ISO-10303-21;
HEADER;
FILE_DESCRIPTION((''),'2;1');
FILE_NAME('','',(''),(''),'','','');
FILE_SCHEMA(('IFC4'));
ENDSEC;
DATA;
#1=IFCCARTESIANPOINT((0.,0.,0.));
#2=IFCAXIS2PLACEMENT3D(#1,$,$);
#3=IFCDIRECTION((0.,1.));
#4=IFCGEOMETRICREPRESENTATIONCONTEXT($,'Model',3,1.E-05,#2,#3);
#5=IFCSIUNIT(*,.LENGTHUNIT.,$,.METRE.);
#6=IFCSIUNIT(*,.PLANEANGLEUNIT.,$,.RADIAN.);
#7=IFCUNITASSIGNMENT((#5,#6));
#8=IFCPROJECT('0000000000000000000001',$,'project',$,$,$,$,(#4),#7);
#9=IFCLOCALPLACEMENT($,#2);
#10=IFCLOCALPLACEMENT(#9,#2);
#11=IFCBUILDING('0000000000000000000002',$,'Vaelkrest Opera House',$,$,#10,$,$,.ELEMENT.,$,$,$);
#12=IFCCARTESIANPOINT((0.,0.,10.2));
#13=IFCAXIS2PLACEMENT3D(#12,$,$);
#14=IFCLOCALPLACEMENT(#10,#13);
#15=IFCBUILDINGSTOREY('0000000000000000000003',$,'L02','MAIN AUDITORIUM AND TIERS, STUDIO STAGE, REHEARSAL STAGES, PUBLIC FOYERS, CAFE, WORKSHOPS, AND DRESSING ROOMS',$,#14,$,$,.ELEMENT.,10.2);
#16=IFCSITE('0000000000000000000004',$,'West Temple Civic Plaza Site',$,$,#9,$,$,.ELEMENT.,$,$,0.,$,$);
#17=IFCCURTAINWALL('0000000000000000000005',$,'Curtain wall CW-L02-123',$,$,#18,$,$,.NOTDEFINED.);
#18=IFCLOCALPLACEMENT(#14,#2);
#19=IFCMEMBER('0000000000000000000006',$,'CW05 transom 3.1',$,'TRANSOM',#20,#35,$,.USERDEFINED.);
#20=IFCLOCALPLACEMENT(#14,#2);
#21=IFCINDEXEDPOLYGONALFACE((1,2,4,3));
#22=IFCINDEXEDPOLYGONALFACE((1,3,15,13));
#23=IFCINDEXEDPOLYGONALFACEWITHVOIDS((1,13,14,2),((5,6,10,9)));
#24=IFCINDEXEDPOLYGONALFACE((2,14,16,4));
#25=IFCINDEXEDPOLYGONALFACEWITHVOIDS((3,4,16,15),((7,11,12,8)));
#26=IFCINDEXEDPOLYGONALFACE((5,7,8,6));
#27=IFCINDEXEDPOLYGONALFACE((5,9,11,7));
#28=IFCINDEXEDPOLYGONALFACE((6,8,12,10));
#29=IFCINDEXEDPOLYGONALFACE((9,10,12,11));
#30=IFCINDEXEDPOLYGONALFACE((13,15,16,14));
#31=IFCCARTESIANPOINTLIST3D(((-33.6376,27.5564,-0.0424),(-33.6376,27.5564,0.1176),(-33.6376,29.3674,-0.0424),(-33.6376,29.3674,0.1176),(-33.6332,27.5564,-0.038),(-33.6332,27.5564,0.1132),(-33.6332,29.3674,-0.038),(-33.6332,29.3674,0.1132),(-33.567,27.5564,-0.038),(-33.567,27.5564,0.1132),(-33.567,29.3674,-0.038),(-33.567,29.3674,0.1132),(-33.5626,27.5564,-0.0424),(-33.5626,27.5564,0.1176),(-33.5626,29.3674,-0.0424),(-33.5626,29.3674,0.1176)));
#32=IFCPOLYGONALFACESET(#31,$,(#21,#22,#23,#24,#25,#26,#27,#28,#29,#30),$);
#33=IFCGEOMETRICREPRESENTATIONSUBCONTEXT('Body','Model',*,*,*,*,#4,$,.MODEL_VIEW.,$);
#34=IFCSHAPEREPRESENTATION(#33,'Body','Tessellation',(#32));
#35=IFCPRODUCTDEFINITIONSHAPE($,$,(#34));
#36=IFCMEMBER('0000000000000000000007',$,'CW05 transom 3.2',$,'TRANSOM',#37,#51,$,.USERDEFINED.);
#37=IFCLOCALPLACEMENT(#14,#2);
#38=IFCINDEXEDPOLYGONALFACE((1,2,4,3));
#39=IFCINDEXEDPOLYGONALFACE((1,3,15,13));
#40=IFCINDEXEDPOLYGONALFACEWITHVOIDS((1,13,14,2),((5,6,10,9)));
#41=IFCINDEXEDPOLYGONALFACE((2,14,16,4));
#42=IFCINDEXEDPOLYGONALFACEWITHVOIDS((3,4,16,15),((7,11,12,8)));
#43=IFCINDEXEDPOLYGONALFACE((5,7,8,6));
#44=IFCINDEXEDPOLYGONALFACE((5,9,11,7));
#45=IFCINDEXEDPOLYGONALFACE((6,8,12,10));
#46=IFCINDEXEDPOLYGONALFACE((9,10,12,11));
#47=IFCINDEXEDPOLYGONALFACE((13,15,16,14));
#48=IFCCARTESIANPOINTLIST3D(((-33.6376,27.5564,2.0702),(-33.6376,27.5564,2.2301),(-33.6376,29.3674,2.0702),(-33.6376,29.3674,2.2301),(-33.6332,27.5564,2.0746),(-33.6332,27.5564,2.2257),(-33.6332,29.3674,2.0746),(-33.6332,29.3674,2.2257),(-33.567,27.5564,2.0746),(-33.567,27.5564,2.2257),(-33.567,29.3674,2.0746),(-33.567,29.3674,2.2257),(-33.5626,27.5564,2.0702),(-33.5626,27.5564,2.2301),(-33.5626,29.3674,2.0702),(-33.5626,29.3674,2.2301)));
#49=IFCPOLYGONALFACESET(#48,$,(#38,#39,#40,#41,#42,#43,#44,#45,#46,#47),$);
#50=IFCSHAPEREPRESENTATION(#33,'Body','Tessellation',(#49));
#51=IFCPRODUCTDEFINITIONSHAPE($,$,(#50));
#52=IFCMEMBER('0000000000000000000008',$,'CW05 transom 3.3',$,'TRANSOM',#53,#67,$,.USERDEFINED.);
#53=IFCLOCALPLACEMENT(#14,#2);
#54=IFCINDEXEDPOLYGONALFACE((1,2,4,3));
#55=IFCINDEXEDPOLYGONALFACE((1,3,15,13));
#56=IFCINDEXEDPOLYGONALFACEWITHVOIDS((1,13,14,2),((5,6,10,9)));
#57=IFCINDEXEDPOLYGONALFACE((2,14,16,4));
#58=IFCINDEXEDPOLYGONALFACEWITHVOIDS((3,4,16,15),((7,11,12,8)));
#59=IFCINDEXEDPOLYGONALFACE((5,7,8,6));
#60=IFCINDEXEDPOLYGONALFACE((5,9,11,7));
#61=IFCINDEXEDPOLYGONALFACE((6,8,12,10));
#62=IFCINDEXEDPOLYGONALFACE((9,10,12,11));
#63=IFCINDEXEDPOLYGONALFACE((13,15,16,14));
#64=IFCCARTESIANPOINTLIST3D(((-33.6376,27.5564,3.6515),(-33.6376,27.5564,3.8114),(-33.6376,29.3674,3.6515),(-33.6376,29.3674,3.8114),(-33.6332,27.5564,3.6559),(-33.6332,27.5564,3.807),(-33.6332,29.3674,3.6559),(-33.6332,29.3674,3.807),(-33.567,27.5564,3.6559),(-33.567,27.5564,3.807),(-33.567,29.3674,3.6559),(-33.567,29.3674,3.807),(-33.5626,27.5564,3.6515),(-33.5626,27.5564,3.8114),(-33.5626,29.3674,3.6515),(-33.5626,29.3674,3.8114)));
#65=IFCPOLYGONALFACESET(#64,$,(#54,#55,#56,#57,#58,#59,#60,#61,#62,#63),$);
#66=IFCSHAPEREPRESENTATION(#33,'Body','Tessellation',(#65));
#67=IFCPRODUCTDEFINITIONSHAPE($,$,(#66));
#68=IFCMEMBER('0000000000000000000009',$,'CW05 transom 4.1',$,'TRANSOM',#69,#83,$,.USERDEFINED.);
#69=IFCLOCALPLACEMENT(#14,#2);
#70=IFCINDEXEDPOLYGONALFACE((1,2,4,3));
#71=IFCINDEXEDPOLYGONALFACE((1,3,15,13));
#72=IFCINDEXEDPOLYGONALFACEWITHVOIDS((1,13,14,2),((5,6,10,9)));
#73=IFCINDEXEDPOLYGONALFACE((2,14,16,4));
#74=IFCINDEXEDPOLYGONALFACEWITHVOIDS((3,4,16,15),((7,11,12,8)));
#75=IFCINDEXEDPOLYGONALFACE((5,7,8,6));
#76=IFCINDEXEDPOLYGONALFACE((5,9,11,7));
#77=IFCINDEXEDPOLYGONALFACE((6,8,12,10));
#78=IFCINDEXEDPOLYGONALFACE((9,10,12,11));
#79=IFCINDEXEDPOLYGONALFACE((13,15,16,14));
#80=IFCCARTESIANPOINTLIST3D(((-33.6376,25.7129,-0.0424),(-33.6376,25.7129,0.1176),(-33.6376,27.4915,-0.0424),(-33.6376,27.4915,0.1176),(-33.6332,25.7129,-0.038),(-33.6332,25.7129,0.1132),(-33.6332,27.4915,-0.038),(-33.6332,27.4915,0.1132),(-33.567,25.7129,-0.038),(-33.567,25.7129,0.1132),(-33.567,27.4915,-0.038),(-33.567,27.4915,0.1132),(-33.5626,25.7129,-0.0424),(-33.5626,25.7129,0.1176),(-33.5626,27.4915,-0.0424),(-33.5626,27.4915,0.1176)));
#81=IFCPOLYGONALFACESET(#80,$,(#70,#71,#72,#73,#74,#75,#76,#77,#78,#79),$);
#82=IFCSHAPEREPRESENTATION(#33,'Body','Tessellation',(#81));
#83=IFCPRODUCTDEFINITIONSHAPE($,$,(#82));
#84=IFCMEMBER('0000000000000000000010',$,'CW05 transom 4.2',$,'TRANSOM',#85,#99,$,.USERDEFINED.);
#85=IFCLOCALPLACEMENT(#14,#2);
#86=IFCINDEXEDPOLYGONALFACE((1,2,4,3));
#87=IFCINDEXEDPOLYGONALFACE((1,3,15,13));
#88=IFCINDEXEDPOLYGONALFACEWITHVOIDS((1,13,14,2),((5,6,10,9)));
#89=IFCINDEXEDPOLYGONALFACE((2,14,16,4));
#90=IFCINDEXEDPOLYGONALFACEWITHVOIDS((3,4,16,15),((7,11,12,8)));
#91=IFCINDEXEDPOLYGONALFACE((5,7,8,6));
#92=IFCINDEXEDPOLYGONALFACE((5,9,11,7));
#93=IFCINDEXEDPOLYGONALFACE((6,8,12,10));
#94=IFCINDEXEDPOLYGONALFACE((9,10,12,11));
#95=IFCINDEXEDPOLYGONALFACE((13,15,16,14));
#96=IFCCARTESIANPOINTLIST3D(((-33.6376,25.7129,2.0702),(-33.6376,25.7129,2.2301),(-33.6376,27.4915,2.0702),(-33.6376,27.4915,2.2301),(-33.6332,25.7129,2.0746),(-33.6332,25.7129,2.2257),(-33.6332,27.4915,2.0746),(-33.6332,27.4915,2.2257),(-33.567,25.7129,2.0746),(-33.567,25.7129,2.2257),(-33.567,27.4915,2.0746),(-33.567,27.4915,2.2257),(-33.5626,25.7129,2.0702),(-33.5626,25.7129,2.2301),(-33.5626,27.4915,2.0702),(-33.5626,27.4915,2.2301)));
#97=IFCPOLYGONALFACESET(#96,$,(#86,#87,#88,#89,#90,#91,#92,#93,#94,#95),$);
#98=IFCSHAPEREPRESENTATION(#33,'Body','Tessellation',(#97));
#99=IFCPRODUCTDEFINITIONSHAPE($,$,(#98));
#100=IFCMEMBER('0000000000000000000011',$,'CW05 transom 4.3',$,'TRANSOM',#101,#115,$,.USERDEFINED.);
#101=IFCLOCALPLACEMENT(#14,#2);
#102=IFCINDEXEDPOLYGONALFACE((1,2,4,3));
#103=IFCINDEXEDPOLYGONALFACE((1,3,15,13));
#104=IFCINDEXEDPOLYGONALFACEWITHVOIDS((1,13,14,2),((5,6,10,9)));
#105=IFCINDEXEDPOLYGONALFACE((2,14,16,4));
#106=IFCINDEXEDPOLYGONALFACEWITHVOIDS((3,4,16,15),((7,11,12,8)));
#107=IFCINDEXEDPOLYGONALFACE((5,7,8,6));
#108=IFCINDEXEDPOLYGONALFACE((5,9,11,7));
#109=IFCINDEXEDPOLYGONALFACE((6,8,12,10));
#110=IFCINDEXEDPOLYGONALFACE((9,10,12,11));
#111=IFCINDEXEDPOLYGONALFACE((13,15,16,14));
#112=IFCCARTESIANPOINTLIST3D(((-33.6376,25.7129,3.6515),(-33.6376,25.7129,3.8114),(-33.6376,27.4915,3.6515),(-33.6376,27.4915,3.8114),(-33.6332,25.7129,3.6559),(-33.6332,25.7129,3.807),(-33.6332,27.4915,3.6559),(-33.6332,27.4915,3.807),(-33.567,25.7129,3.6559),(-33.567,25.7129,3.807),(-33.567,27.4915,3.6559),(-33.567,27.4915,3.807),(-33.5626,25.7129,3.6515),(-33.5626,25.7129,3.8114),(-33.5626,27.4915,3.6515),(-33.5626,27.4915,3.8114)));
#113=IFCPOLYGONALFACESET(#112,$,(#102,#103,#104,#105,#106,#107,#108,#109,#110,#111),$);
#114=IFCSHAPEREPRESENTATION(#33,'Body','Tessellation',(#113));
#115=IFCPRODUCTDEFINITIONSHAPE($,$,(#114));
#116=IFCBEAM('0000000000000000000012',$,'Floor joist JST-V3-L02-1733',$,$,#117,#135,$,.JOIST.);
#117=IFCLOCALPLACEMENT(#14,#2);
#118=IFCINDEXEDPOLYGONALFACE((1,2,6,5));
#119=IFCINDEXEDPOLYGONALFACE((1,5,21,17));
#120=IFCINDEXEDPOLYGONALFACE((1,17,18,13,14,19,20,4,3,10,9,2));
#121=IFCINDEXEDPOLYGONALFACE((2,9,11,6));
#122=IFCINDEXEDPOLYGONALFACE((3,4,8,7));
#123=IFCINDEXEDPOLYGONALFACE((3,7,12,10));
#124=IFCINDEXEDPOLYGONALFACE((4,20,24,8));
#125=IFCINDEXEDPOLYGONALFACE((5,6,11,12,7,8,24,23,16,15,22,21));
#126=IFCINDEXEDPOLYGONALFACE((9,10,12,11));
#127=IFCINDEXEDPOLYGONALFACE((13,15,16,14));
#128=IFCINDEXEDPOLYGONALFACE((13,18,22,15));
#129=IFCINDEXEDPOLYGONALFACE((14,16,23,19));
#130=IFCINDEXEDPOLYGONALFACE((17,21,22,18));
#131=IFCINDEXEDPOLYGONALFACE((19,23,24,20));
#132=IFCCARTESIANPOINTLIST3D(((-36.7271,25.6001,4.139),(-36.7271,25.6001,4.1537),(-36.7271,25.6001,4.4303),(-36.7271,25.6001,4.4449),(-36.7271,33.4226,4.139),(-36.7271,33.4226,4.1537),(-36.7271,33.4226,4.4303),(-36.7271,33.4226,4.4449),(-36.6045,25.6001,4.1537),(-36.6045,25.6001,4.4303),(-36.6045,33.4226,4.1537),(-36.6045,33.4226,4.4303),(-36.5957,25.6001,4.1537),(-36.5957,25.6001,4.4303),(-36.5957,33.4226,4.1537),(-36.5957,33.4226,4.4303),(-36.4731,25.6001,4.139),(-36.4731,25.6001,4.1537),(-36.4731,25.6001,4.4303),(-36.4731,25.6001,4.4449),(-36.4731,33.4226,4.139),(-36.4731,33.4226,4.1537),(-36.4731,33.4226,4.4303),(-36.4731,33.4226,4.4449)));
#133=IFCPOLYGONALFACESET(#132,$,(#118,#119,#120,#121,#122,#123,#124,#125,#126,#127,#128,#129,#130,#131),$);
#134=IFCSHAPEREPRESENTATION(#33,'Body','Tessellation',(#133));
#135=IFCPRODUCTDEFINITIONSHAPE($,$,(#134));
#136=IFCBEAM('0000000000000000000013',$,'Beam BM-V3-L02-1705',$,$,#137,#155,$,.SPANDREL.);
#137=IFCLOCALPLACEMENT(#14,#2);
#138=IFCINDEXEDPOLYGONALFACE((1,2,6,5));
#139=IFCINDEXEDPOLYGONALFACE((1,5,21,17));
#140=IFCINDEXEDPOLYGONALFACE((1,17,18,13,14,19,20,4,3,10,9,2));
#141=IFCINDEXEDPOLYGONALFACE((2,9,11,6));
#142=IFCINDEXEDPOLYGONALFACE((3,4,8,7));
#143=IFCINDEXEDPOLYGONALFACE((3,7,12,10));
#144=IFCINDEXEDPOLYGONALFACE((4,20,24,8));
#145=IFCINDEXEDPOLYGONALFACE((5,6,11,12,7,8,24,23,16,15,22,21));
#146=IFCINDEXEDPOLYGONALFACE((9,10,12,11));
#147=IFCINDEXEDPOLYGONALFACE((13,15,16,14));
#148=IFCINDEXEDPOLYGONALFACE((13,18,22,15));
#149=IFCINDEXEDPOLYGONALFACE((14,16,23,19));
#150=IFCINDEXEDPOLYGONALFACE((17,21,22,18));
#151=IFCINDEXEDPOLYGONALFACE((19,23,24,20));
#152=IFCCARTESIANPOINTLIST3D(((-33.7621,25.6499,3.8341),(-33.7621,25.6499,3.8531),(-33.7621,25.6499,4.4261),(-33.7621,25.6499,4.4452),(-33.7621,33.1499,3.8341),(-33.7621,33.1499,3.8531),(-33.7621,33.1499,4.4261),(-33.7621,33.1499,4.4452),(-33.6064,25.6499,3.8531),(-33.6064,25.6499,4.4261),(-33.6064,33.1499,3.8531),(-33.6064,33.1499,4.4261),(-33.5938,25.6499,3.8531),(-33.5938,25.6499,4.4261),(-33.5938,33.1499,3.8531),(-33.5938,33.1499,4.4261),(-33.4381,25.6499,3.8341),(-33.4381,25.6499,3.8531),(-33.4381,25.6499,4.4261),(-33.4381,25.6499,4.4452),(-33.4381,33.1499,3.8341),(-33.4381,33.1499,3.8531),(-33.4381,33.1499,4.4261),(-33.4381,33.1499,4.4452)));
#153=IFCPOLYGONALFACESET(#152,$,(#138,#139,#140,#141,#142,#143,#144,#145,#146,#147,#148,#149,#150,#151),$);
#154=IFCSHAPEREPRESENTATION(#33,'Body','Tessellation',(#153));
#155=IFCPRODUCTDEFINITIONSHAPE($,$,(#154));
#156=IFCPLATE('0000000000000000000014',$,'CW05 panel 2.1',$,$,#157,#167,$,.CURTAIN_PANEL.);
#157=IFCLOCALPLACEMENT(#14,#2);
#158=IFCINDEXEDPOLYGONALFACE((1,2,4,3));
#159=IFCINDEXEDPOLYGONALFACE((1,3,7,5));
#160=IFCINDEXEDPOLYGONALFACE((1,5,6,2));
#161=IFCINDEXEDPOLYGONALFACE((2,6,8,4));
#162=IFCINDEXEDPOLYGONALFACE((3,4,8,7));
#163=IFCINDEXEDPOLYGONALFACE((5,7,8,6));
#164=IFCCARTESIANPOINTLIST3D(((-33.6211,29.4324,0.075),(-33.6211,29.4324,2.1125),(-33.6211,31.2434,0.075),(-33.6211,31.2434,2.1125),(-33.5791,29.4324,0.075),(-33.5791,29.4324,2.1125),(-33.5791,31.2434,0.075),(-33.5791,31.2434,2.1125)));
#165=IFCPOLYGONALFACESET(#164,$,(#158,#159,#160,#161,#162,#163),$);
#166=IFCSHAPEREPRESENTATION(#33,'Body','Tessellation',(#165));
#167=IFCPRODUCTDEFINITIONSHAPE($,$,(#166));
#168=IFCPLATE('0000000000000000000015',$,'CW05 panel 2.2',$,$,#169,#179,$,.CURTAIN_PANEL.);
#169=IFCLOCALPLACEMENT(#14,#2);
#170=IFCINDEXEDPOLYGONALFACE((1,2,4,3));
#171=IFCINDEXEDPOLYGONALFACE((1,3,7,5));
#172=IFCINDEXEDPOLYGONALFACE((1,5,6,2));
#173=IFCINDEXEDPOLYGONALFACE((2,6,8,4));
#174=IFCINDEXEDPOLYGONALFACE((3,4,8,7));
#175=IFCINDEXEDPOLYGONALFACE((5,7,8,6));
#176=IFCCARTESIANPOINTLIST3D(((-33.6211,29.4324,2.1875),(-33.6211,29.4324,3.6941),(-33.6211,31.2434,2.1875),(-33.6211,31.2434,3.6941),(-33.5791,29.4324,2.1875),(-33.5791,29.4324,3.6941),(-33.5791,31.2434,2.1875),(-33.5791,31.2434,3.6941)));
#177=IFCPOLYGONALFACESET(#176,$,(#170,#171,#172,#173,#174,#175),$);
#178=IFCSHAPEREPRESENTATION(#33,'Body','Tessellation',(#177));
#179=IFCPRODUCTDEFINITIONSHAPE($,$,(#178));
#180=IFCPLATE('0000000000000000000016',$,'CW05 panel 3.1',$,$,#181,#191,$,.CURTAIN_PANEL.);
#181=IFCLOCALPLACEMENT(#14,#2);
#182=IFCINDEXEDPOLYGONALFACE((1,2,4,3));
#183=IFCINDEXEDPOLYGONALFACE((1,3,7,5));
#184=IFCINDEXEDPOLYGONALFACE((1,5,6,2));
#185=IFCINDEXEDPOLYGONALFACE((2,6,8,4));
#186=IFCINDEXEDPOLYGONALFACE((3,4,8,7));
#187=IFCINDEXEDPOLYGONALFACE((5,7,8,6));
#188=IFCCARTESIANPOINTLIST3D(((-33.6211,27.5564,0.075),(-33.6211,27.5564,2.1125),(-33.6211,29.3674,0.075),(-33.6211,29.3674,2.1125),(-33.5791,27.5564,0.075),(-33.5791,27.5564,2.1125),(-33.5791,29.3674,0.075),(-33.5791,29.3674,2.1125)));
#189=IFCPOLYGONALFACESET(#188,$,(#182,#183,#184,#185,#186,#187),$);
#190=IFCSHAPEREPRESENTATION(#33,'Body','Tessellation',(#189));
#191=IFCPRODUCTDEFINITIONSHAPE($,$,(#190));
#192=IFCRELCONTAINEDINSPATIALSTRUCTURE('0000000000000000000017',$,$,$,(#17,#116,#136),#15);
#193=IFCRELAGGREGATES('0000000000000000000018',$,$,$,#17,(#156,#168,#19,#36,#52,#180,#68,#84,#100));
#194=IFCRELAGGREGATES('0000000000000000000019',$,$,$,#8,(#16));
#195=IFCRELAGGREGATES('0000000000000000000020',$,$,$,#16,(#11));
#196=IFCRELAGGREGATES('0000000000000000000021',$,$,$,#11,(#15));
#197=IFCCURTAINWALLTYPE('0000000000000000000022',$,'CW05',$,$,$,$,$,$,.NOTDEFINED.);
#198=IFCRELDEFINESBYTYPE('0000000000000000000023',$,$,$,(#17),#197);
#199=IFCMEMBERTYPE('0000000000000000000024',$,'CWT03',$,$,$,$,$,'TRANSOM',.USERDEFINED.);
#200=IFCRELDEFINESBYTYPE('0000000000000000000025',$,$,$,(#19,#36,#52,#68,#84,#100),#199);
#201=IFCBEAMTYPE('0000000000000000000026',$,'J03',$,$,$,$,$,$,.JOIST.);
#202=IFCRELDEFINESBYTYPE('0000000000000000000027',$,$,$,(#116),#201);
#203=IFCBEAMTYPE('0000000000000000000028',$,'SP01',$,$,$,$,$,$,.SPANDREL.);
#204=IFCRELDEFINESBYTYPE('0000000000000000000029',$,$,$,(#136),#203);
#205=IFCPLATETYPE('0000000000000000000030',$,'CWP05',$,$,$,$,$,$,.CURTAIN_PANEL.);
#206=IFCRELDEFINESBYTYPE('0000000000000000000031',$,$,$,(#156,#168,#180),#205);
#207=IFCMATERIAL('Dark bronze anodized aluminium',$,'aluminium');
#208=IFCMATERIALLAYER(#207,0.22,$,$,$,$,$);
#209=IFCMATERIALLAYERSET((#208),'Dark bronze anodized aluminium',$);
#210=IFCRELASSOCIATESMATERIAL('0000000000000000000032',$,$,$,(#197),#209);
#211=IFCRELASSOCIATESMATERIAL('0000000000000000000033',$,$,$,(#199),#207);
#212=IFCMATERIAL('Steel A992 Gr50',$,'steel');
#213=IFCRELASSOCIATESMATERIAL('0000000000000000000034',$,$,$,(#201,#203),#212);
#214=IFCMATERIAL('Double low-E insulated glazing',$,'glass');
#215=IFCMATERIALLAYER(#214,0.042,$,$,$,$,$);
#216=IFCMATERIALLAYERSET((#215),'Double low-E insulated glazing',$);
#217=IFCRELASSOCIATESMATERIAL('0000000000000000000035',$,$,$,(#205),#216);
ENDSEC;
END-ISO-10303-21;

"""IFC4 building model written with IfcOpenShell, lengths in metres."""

from ifc_helpers import new_model, si_unit, direction, frame, origin, origin_2d, place, context, subcontext, project, spatial, rectangle, hollow_rectangle, i_section, extrude, material, layer, layer_set, material_profile, profile_set, type_object, element, aggregate, save


model = new_model("IFC4")

# Units and contexts
model_context = context("Model", 3, precision=1e-05, world=origin(), true_north=direction((0.0, 1.0)))
body_context = subcontext(model_context, "Body", "Model", "MODEL_VIEW")
ifc_project = project(units=[si_unit("LENGTHUNIT", "METRE"), si_unit("PLANEANGLEUNIT", "RADIAN")], contexts=[model_context])

# Site, building, storey
site_placement = place(None, origin())
site = spatial("IfcSite", under=ifc_project, at=site_placement, Name="West Temple Civic Plaza Site", CompositionType="ELEMENT", RefElevation=0.0)
building_placement = place(site_placement, origin())
building = spatial("IfcBuilding", under=site, at=building_placement, Name="Vaelkrest Opera House", CompositionType="ELEMENT")
storey_placement = place(building_placement, frame((0.0, 0.0, 10.2)))
storey = spatial("IfcBuildingStorey", under=building, at=storey_placement, Name="L02", Description="MAIN AUDITORIUM AND TIERS, STUDIO STAGE, REHEARSAL STAGES, PUBLIC FOYERS, CAFE, WORKSHOPS, AND DRESSING ROOMS", CompositionType="ELEMENT", Elevation=10.2)

# Curtain wall, members
ifc_material_1 = material(Name="Dark bronze anodized aluminium", Category="aluminium")
ifc_layer_1 = layer(ifc_material_1, 0.22)
ifc_layer_set_1 = layer_set([ifc_layer_1], Name="Dark bronze anodized aluminium")
curtain_wall_type = type_object("IfcCurtainWallType", Name="CW05", PredefinedType="NOTDEFINED", material=ifc_layer_set_1)
curtain_wall_placement = place(storey_placement, origin())
curtain_wall = element("IfcCurtainWall", 1, at=curtain_wall_placement, inside=storey, type_object=curtain_wall_type, Name="Curtain wall CW-L02-123", PredefinedType="NOTDEFINED")
ifc_material_profile_1 = material_profile(ifc_material_1, hollow_rectangle(XDim=0.075, YDim=0.1599, WallThickness=0.0044, at=origin_2d()), Name="CWT75X160")
ifc_profile_set_1 = profile_set([ifc_material_profile_1], Name="Dark bronze anodized aluminium")
member_type_1 = type_object("IfcMemberType", Name="CWT03", ElementType="TRANSOM", PredefinedType="USERDEFINED", material=ifc_profile_set_1)
member_1_placement = place(storey_placement, frame((-33.6001, 29.3674, 0.0376), z_axis=(0.0, -1.0, 0.0), x_axis=(1.0, 0.0, 0.0)))
member_1 = element("IfcMember", 2, at=member_1_placement, type_object=member_type_1, Name="CW05 transom 3.1", ObjectType="TRANSOM", PredefinedType="USERDEFINED", context=body_context, shape_type="SweptSolid", body=[
    extrude(hollow_rectangle(XDim=0.075, YDim=0.1599, WallThickness=0.0044, at=origin_2d()), origin(), (0.0, 0.0, 1.0), 1.811),
])
member_2_placement = place(storey_placement, frame((-33.6001, 29.3674, 2.1501), z_axis=(0.0, -1.0, 0.0), x_axis=(1.0, 0.0, 0.0)))
member_2 = element("IfcMember", 3, at=member_2_placement, type_object=member_type_1, Name="CW05 transom 3.2", ObjectType="TRANSOM", PredefinedType="USERDEFINED", context=body_context, shape_type="SweptSolid", body=[
    extrude(hollow_rectangle(XDim=0.075, YDim=0.1599, WallThickness=0.0044, at=origin_2d()), origin(), (0.0, 0.0, 1.0), 1.811),
])
member_3_placement = place(storey_placement, frame((-33.6001, 29.3674, 3.7314), z_axis=(0.0, -1.0, 0.0), x_axis=(1.0, 0.0, 0.0)))
member_3 = element("IfcMember", 4, at=member_3_placement, type_object=member_type_1, Name="CW05 transom 3.3", ObjectType="TRANSOM", PredefinedType="USERDEFINED", context=body_context, shape_type="SweptSolid", body=[
    extrude(hollow_rectangle(XDim=0.075, YDim=0.1599, WallThickness=0.0044, at=origin_2d()), origin(), (0.0, 0.0, 1.0), 1.811),
])
member_4_placement = place(storey_placement, frame((-33.6001, 27.4915, 0.0376), z_axis=(0.0, -1.0, 0.0), x_axis=(1.0, 0.0, 0.0)))
member_4 = element("IfcMember", 5, at=member_4_placement, type_object=member_type_1, Name="CW05 transom 4.1", ObjectType="TRANSOM", PredefinedType="USERDEFINED", context=body_context, shape_type="SweptSolid", body=[
    extrude(hollow_rectangle(XDim=0.075, YDim=0.1599, WallThickness=0.0044, at=origin_2d()), origin(), (0.0, 0.0, 1.0), 1.7786),
])
member_5_placement = place(storey_placement, frame((-33.6001, 27.4915, 2.1501), z_axis=(0.0, -1.0, 0.0), x_axis=(1.0, 0.0, 0.0)))
member_5 = element("IfcMember", 6, at=member_5_placement, type_object=member_type_1, Name="CW05 transom 4.2", ObjectType="TRANSOM", PredefinedType="USERDEFINED", context=body_context, shape_type="SweptSolid", body=[
    extrude(hollow_rectangle(XDim=0.075, YDim=0.1599, WallThickness=0.0044, at=origin_2d()), origin(), (0.0, 0.0, 1.0), 1.7786),
])
member_6_placement = place(storey_placement, frame((-33.6001, 27.4915, 3.7314), z_axis=(0.0, -1.0, 0.0), x_axis=(1.0, 0.0, 0.0)))
member_6 = element("IfcMember", 7, at=member_6_placement, type_object=member_type_1, Name="CW05 transom 4.3", ObjectType="TRANSOM", PredefinedType="USERDEFINED", context=body_context, shape_type="SweptSolid", body=[
    extrude(hollow_rectangle(XDim=0.075, YDim=0.1599, WallThickness=0.0044, at=origin_2d()), origin(), (0.0, 0.0, 1.0), 1.7786),
])

# Beams
ifc_material_2 = material(Name="Steel A992 Gr50", Category="steel")
ifc_material_profile_2 = material_profile(ifc_material_2, i_section(OverallWidth=0.2539, OverallDepth=0.3059, WebThickness=0.0088, FlangeThickness=0.0146, at=origin_2d()), Name="W12X53")
ifc_profile_set_2 = profile_set([ifc_material_profile_2], Name="Steel A992 Gr50")
beam_type_1 = type_object("IfcBeamType", Name="J03", PredefinedType="JOIST", material=ifc_profile_set_2)
beam_1_placement = place(storey_placement, frame((-36.6001, 25.6001, 4.292), z_axis=(0.0, 1.0, 0.0), x_axis=(-1.0, 0.0, 0.0)))
element("IfcBeam", 8, at=beam_1_placement, inside=storey, type_object=beam_type_1, Name="Floor joist JST-V3-L02-1733", PredefinedType="JOIST", context=body_context, shape_type="SweptSolid", body=[
    extrude(i_section(OverallWidth=0.2539, OverallDepth=0.3059, WebThickness=0.0088, FlangeThickness=0.0146, at=origin_2d()), origin(), (0.0, 0.0, 1.0), 7.8225),
])
ifc_material_profile_3 = material_profile(ifc_material_2, i_section(OverallWidth=0.324, OverallDepth=0.6111, WebThickness=0.0127, FlangeThickness=0.019, at=origin_2d()), Name="W24X104")
ifc_profile_set_3 = profile_set([ifc_material_profile_3], Name="Steel A992 Gr50")
beam_type_2 = type_object("IfcBeamType", Name="SP01", PredefinedType="SPANDREL", material=ifc_profile_set_3)
beam_2_placement = place(storey_placement, frame((-33.6001, 25.6499, 4.1396), z_axis=(0.0, 1.0, 0.0), x_axis=(-1.0, 0.0, 0.0)))
element("IfcBeam", 9, at=beam_2_placement, inside=storey, type_object=beam_type_2, Name="Beam BM-V3-L02-1705", PredefinedType="SPANDREL", context=body_context, shape_type="SweptSolid", body=[
    extrude(i_section(OverallWidth=0.324, OverallDepth=0.6111, WebThickness=0.0127, FlangeThickness=0.019, at=origin_2d()), origin(), (0.0, 0.0, 1.0), 7.5),
])

# Plates
ifc_material_3 = material(Name="Double low-E insulated glazing", Category="glass")
ifc_layer_2 = layer(ifc_material_3, 0.042)
ifc_layer_set_2 = layer_set([ifc_layer_2], Name="Double low-E insulated glazing")
plate_type = type_object("IfcPlateType", Name="CWP05", PredefinedType="CURTAIN_PANEL", material=ifc_layer_set_2)
plate_1_placement = place(storey_placement, frame((-33.6001, 30.3379, 0.075), z_axis=(0.0, 0.0, 1.0), x_axis=(0.0, -1.0, 0.0)))
plate_1 = element("IfcPlate", 10, at=plate_1_placement, type_object=plate_type, Name="CW05 panel 2.1", PredefinedType="CURTAIN_PANEL", context=body_context, shape_type="SweptSolid", body=[
    extrude(rectangle(XDim=1.811, YDim=0.042, at=origin_2d()), origin(), (0.0, 0.0, 1.0), 2.0376),
])
plate_2_placement = place(storey_placement, frame((-33.6001, 30.3379, 2.1875), z_axis=(0.0, 0.0, 1.0), x_axis=(0.0, -1.0, 0.0)))
plate_2 = element("IfcPlate", 11, at=plate_2_placement, type_object=plate_type, Name="CW05 panel 2.2", PredefinedType="CURTAIN_PANEL", context=body_context, shape_type="SweptSolid", body=[
    extrude(rectangle(XDim=1.811, YDim=0.042, at=origin_2d()), origin(), (0.0, 0.0, 1.0), 1.5066),
])
plate_3_placement = place(storey_placement, frame((-33.6001, 28.4619, 0.075), z_axis=(0.0, 0.0, 1.0), x_axis=(0.0, -1.0, 0.0)))
plate_3 = element("IfcPlate", 12, at=plate_3_placement, type_object=plate_type, Name="CW05 panel 3.1", PredefinedType="CURTAIN_PANEL", context=body_context, shape_type="SweptSolid", body=[
    extrude(rectangle(XDim=1.811, YDim=0.042, at=origin_2d()), origin(), (0.0, 0.0, 1.0), 2.0376),
])
aggregate(curtain_wall, [plate_1, plate_2, member_1, member_2, member_3, plate_3, member_4, member_5, member_6])

save(model, "model.ifc")
